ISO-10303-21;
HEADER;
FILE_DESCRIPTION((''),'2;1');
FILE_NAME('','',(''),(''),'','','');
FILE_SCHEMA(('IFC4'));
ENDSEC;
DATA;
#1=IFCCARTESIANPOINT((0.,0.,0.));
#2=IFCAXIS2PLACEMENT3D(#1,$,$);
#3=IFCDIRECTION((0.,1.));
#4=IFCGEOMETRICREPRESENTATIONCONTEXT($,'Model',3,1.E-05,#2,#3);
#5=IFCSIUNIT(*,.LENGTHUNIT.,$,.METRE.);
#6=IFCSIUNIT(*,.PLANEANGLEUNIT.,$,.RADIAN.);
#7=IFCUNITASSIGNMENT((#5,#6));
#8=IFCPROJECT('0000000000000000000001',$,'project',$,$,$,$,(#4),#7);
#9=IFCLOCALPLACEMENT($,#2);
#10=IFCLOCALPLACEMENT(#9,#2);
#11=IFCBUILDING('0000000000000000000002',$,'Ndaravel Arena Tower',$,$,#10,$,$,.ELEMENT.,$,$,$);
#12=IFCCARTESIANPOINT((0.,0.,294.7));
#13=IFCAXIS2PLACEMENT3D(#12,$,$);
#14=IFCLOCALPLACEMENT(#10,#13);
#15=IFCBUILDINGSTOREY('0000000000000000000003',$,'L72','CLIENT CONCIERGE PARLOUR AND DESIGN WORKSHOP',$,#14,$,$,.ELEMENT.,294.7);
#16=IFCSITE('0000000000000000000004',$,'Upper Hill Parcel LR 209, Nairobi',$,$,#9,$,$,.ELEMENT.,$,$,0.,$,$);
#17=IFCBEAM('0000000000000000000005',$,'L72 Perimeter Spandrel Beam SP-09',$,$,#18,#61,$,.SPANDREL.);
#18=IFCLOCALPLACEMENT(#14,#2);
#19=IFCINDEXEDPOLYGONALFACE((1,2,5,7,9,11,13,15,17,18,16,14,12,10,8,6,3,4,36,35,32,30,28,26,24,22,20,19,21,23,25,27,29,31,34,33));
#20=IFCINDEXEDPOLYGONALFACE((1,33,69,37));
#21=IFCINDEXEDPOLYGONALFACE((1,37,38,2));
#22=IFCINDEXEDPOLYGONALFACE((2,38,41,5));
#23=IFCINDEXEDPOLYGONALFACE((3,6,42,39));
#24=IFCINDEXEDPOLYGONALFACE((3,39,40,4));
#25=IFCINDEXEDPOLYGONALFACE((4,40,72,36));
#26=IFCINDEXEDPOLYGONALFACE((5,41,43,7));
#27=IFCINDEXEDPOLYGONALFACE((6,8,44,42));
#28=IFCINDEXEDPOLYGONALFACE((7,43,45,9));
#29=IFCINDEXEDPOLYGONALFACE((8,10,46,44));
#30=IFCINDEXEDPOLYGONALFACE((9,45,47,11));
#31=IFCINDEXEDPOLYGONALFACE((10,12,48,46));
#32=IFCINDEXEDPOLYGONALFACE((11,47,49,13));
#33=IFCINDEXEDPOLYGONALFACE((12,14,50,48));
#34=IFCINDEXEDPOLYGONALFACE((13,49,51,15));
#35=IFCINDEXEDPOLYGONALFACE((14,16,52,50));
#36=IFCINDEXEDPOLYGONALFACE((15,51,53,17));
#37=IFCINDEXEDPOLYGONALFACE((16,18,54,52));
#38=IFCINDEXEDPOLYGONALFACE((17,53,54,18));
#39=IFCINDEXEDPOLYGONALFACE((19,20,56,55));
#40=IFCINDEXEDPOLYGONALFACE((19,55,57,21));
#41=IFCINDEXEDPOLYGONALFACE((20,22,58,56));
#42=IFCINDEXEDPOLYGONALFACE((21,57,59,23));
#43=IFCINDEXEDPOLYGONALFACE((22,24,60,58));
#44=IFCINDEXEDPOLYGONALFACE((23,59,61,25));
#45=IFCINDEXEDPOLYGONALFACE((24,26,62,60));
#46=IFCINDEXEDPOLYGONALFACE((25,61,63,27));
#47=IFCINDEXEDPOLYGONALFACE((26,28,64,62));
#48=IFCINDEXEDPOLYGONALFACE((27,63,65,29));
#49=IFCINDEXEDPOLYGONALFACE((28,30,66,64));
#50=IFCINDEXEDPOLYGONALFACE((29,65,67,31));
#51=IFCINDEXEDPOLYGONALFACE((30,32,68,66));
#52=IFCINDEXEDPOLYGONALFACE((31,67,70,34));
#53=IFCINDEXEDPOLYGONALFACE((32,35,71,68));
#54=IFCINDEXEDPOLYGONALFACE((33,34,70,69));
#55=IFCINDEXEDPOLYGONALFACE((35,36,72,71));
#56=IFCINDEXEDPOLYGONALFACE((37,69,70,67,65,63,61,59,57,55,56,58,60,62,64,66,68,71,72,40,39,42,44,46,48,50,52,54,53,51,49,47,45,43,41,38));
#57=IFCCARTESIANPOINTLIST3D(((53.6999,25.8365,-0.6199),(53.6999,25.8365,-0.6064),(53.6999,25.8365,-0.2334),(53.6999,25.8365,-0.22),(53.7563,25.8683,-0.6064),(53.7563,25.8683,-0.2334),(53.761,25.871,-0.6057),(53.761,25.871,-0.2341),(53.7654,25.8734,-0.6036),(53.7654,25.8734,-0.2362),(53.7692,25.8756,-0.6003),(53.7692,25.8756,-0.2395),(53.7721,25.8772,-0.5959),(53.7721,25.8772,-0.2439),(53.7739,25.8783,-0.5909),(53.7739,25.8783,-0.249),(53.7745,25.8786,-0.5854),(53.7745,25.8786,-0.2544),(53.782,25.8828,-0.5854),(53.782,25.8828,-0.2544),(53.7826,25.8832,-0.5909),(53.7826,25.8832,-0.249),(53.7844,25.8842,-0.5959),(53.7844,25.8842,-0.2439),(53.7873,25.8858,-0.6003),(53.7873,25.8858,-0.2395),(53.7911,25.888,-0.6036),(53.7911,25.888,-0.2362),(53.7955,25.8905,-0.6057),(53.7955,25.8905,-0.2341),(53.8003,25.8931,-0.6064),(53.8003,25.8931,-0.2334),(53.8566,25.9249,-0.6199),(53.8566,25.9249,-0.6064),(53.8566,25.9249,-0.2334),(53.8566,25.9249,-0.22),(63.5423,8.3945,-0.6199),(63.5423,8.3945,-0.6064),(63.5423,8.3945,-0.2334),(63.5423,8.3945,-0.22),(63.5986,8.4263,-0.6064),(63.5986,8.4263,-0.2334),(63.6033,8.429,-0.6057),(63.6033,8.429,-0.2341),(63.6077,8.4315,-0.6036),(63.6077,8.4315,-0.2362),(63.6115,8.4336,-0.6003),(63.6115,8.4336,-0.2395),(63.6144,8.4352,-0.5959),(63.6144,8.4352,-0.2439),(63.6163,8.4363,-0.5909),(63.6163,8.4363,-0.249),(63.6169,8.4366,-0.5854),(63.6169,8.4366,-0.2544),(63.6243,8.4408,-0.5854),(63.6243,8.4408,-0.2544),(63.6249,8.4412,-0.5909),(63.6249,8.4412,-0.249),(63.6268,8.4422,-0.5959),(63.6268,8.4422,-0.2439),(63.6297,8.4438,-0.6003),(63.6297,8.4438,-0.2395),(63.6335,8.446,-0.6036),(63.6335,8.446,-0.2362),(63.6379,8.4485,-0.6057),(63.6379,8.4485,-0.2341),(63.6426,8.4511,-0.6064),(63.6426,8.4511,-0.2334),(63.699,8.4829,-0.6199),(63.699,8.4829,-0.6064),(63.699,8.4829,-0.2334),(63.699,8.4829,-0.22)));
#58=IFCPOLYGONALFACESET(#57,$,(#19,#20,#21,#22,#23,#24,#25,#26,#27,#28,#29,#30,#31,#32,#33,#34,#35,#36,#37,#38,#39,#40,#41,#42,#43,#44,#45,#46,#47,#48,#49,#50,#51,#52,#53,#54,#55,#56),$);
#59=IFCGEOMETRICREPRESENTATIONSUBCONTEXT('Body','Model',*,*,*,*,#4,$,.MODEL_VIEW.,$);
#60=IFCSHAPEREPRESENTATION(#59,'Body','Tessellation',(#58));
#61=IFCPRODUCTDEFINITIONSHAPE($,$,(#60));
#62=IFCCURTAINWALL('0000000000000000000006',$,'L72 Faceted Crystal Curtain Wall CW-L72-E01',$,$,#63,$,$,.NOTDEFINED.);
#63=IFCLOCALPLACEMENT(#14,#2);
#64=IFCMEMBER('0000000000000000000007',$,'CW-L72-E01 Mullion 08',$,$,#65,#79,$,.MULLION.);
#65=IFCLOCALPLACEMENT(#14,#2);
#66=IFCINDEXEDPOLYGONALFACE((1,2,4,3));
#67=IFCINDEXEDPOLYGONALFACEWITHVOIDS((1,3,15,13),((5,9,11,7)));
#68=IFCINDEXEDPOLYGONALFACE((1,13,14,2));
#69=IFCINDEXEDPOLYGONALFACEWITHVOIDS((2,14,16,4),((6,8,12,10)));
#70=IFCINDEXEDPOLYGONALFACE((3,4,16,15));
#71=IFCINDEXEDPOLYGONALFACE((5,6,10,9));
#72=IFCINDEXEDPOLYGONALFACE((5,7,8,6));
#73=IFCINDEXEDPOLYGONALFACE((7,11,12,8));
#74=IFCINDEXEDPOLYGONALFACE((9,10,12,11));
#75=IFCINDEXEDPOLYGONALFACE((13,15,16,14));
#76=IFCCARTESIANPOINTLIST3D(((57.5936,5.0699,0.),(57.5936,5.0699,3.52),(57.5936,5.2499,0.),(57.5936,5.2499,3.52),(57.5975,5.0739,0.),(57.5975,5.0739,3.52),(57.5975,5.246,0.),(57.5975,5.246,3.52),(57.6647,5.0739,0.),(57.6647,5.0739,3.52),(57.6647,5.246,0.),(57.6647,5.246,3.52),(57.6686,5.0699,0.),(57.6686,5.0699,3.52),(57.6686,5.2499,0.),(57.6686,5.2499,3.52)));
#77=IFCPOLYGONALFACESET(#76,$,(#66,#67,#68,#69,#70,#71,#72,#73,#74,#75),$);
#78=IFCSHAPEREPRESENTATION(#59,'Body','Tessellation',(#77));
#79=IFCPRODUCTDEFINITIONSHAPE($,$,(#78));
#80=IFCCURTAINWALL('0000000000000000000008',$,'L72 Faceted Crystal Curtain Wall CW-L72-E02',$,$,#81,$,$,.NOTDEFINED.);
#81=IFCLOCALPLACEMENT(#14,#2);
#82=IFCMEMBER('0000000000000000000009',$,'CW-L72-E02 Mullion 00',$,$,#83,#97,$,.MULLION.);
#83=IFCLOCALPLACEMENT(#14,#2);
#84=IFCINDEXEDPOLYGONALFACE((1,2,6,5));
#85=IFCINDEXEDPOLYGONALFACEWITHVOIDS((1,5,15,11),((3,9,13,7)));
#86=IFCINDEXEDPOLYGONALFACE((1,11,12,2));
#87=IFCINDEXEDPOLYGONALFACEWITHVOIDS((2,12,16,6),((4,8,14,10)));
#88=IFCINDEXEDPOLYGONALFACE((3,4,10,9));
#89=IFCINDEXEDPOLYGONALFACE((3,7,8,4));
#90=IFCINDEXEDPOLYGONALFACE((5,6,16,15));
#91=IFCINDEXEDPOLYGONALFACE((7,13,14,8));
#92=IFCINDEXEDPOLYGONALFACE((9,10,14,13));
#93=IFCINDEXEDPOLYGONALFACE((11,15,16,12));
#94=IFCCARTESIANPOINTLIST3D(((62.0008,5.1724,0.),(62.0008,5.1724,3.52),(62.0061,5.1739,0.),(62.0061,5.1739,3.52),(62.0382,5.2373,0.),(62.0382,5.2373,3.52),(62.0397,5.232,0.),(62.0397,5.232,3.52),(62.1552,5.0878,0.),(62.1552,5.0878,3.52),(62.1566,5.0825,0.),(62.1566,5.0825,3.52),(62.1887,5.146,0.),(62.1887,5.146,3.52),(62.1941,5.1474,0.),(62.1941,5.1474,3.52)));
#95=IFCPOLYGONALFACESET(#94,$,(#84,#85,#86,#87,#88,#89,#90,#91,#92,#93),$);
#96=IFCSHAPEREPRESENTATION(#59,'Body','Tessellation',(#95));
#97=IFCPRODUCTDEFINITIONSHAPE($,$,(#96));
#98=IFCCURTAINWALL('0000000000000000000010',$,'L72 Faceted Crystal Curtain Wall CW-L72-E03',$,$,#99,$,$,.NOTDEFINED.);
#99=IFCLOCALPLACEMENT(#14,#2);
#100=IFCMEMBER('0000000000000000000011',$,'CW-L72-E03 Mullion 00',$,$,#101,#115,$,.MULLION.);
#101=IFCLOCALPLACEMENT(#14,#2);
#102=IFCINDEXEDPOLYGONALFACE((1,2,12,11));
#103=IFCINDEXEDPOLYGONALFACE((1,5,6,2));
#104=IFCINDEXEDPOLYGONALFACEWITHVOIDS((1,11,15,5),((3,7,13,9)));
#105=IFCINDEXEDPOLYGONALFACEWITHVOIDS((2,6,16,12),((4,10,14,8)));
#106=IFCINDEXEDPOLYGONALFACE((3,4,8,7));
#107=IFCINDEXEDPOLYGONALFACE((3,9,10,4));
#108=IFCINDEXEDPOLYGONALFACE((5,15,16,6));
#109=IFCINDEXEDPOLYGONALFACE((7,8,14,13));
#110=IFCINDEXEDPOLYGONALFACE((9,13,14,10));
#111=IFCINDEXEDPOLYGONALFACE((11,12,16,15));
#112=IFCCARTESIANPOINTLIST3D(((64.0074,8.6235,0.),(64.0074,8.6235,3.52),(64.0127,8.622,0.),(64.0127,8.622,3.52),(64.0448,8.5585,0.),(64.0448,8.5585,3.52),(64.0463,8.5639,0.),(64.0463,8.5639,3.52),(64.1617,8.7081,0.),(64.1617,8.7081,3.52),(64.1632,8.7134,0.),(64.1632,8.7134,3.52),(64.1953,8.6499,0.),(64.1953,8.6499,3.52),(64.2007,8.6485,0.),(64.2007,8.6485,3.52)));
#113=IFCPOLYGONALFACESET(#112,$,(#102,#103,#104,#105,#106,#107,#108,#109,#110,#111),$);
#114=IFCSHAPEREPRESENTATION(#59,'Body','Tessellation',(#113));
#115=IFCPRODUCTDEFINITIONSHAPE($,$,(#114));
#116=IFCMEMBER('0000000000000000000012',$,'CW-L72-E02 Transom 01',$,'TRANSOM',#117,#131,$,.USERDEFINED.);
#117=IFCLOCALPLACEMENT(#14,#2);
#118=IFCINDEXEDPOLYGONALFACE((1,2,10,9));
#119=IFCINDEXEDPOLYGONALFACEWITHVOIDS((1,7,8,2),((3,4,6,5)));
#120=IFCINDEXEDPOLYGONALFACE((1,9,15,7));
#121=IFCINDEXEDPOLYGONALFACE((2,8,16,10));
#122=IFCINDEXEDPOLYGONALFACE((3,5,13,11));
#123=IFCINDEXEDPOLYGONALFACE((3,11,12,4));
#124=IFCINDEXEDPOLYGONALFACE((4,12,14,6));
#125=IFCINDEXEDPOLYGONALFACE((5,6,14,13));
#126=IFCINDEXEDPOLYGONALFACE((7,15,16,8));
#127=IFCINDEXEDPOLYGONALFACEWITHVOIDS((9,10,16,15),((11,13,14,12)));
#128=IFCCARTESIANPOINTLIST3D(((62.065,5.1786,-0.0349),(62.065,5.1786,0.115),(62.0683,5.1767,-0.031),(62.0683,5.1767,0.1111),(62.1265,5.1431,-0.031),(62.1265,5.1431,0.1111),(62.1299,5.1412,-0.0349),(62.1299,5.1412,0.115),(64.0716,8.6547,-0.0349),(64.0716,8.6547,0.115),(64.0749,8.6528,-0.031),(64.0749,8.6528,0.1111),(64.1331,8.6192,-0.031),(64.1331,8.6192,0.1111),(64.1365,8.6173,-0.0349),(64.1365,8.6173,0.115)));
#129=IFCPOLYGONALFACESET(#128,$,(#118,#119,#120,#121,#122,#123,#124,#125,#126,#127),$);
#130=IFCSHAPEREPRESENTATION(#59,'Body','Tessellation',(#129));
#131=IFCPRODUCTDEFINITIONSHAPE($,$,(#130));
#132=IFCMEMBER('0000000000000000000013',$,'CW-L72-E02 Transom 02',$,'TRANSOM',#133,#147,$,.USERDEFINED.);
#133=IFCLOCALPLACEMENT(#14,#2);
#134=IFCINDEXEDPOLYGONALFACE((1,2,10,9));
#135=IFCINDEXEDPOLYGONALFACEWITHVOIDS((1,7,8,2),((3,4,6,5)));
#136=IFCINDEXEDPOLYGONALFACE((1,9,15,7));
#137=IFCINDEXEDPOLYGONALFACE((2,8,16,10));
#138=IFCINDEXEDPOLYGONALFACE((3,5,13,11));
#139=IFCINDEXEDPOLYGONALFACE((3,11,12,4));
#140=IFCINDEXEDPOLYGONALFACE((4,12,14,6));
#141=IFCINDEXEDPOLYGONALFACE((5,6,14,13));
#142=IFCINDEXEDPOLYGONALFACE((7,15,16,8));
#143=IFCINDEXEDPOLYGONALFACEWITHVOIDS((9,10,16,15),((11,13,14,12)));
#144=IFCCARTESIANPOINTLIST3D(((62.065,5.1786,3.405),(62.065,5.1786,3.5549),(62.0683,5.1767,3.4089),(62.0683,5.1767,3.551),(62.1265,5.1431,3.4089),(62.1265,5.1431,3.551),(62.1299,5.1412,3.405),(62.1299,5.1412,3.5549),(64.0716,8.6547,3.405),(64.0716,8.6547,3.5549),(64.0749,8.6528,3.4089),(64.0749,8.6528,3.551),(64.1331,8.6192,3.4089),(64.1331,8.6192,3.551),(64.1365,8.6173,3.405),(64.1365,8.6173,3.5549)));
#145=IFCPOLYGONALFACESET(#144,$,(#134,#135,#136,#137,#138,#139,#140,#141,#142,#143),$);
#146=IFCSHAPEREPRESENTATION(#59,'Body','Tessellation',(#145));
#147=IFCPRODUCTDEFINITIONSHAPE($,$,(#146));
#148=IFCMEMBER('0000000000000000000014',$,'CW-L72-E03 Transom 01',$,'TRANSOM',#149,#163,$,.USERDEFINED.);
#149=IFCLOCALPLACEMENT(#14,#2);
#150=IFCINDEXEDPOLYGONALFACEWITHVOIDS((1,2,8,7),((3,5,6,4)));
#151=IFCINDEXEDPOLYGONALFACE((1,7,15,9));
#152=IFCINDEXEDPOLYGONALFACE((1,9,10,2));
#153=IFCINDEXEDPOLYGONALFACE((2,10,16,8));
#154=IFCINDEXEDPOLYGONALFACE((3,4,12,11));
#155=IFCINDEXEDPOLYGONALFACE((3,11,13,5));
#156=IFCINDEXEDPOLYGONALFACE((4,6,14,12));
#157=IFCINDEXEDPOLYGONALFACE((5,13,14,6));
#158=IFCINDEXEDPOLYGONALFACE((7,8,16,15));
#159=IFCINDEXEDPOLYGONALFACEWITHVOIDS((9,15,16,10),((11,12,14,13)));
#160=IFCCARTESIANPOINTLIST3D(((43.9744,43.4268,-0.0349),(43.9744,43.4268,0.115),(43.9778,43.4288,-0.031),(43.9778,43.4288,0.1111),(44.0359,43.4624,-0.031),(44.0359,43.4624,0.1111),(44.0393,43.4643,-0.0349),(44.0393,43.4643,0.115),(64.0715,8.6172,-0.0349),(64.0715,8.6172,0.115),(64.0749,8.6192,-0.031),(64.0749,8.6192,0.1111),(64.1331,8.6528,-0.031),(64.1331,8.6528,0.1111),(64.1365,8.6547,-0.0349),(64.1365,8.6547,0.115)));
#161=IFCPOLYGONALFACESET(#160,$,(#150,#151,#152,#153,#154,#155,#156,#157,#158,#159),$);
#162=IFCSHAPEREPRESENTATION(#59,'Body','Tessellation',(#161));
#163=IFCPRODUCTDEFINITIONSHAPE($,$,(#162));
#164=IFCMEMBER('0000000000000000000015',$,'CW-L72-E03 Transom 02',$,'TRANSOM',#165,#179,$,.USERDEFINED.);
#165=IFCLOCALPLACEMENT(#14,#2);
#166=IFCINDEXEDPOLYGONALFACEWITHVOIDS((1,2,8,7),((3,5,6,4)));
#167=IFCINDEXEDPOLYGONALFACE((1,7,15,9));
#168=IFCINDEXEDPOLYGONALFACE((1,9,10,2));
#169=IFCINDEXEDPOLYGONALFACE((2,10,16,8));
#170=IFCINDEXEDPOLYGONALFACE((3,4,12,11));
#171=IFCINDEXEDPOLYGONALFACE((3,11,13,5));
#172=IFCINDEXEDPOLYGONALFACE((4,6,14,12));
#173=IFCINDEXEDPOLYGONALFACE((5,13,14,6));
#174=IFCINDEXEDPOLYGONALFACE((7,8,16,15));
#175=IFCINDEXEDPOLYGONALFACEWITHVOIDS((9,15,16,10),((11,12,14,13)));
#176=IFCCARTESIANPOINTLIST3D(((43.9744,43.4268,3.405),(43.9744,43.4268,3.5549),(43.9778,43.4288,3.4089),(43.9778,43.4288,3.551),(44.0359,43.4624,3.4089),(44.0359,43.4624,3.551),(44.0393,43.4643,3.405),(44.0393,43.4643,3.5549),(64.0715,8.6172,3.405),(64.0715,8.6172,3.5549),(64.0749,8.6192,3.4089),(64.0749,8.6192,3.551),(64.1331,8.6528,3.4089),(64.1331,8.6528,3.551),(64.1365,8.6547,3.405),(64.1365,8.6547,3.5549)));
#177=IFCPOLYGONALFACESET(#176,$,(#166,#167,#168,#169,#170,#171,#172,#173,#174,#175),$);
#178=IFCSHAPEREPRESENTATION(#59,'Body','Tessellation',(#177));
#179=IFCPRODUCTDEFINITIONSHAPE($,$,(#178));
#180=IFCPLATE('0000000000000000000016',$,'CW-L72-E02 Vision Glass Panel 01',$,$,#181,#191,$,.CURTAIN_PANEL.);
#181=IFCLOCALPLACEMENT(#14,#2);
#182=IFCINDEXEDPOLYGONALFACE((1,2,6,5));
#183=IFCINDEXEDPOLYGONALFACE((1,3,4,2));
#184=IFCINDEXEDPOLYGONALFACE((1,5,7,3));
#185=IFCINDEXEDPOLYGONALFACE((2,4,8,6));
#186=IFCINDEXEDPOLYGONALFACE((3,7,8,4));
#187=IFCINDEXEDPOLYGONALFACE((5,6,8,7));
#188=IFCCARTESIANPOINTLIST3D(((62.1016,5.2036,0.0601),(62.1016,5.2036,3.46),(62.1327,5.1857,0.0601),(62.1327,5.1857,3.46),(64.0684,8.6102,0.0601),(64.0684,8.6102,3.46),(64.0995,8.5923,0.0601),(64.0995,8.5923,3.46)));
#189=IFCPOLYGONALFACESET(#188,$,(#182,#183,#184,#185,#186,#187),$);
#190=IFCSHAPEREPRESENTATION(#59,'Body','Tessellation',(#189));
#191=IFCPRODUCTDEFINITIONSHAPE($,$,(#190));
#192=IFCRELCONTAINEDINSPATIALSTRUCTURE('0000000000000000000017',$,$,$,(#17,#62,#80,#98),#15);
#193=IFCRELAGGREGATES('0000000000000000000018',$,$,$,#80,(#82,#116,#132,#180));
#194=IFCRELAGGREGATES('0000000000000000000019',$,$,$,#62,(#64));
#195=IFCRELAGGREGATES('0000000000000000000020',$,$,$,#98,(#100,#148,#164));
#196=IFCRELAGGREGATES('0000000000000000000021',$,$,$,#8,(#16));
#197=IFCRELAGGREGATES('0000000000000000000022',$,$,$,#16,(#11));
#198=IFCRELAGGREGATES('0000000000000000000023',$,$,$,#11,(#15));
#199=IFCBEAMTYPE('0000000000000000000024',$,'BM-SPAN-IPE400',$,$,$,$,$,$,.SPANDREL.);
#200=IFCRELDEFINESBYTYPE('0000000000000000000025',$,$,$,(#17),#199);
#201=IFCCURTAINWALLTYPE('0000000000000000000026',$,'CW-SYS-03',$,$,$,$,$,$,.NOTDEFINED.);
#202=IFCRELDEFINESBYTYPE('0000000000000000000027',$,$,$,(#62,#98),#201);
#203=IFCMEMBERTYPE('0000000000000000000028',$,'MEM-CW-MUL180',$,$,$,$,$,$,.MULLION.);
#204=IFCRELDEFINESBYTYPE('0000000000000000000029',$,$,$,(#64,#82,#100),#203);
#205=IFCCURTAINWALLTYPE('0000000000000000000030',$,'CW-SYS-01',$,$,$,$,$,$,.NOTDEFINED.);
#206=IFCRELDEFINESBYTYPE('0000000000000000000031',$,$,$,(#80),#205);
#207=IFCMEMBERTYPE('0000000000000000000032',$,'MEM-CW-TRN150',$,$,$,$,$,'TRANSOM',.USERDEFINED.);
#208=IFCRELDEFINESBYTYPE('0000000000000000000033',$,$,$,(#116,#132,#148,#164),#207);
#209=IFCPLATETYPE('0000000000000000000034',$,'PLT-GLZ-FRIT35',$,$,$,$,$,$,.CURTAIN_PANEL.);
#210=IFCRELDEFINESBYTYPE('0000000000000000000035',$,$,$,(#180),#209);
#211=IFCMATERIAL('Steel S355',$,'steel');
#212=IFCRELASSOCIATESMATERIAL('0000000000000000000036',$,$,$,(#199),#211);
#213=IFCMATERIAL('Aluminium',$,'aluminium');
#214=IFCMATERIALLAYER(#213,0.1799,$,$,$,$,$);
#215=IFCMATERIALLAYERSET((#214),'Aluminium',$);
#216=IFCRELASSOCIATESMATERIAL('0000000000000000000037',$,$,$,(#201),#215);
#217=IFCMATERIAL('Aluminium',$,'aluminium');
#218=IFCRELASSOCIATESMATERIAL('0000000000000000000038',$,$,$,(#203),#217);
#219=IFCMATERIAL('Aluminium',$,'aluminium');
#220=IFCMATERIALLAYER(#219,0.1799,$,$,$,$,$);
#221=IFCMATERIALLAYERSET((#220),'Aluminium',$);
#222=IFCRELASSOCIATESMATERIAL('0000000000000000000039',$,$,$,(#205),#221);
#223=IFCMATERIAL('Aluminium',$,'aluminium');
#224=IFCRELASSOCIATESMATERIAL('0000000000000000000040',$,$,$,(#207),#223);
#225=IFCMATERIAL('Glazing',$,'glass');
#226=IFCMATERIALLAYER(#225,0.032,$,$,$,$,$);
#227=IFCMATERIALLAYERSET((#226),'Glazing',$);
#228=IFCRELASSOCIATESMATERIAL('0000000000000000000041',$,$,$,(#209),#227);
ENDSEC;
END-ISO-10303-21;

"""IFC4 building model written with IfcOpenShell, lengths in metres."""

from ifc_helpers import new_model, si_unit, direction, frame, origin, origin_2d, place, context, subcontext, project, spatial, rectangle, hollow_rectangle, i_section, extrude, material, layer, layer_set, material_profile, profile_set, type_object, element, aggregate, save


model = new_model("IFC4")

# Units and contexts
model_context = context("Model", 3, precision=1e-05, world=origin(), true_north=direction((0.0, 1.0)))
body_context = subcontext(model_context, "Body", "Model", "MODEL_VIEW")
ifc_project = project(units=[si_unit("LENGTHUNIT", "METRE"), si_unit("PLANEANGLEUNIT", "RADIAN")], contexts=[model_context])

# Site, building, storey
site_placement = place(None, origin())
site = spatial("IfcSite", under=ifc_project, at=site_placement, Name="Upper Hill Parcel LR 209, Nairobi", CompositionType="ELEMENT", RefElevation=0.0)
building_placement = place(site_placement, origin())
building = spatial("IfcBuilding", under=site, at=building_placement, Name="Ndaravel Arena Tower", CompositionType="ELEMENT")
storey_placement = place(building_placement, frame((0.0, 0.0, 294.7)))
storey = spatial("IfcBuildingStorey", under=building, at=storey_placement, Name="L72", Description="CLIENT CONCIERGE PARLOUR AND DESIGN WORKSHOP", CompositionType="ELEMENT", Elevation=294.7)

# Beam
ifc_material_1 = material(Name="Steel S355", Category="steel")
ifc_material_profile_1 = material_profile(ifc_material_1, i_section(OverallWidth=0.1799, OverallDepth=0.3999, WebThickness=0.0085, FlangeThickness=0.0134, FilletRadius=0.021, at=origin_2d()), Name="IPE 400")
ifc_profile_set_1 = profile_set([ifc_material_profile_1], Name="Steel S355")
beam_type = type_object("IfcBeamType", Name="BM-SPAN-IPE400", PredefinedType="SPANDREL", material=ifc_profile_set_1)
beam_1_placement = place(storey_placement, frame((63.6206, 8.4387, -0.4199), z_axis=(-0.491445, 0.870909, 0.0), x_axis=(-0.870909, -0.491445, 0.0)))
element("IfcBeam", 1, at=beam_1_placement, inside=storey, type_object=beam_type, Name="L72 Perimeter Spandrel Beam SP-09", PredefinedType="SPANDREL", context=body_context, shape_type="SweptSolid", body=[
    extrude(i_section(OverallWidth=0.1799, OverallDepth=0.3999, WebThickness=0.0085, FlangeThickness=0.0134, FilletRadius=0.021, at=origin_2d()), origin(), (0.0, 0.0, 1.0), 20.0273),
])

# Curtain walls, members
ifc_material_2 = material(Name="Aluminium", Category="aluminium")
ifc_layer_1 = layer(ifc_material_2, 0.1799)
ifc_layer_set_1 = layer_set([ifc_layer_1], Name="Aluminium")
curtain_wall_type_1 = type_object("IfcCurtainWallType", Name="CW-SYS-03", PredefinedType="NOTDEFINED", material=ifc_layer_set_1)
curtain_wall_1_placement = place(storey_placement, origin())
curtain_wall_1 = element("IfcCurtainWall", 2, at=curtain_wall_1_placement, inside=storey, type_object=curtain_wall_type_1, Name="L72 Faceted Crystal Curtain Wall CW-L72-E01", PredefinedType="NOTDEFINED")
ifc_material_3 = material(Name="Aluminium", Category="aluminium")
ifc_material_profile_2 = material_profile(ifc_material_3, hollow_rectangle(XDim=0.075, YDim=0.1799, WallThickness=0.0039, at=origin_2d()), Name="CW MULLION 75x180x4")
ifc_profile_set_2 = profile_set([ifc_material_profile_2], Name="Aluminium")
member_type_1 = type_object("IfcMemberType", Name="MEM-CW-MUL180", PredefinedType="MULLION", material=ifc_profile_set_2)
member_1_placement = place(storey_placement, frame((57.6311, 5.1599, 0.0), z_axis=(0.0, 0.0, 1.0), x_axis=(1.0, 0.0, 0.0)))
member_1 = element("IfcMember", 3, at=member_1_placement, type_object=member_type_1, Name="CW-L72-E01 Mullion 08", PredefinedType="MULLION", context=body_context, shape_type="SweptSolid", body=[
    extrude(hollow_rectangle(XDim=0.075, YDim=0.1799, WallThickness=0.0039, at=origin_2d()), origin(), (0.0, 0.0, 1.0), 3.52),
])
ifc_material_4 = material(Name="Aluminium", Category="aluminium")
ifc_layer_2 = layer(ifc_material_4, 0.1799)
ifc_layer_set_2 = layer_set([ifc_layer_2], Name="Aluminium")
curtain_wall_type_2 = type_object("IfcCurtainWallType", Name="CW-SYS-01", PredefinedType="NOTDEFINED", material=ifc_layer_set_2)
curtain_wall_2_placement = place(storey_placement, origin())
curtain_wall_2 = element("IfcCurtainWall", 4, at=curtain_wall_2_placement, inside=storey, type_object=curtain_wall_type_2, Name="L72 Faceted Crystal Curtain Wall CW-L72-E02", PredefinedType="NOTDEFINED")
member_2_placement = place(storey_placement, frame((62.0974, 5.1599, 0.0), z_axis=(0.0, 0.0, 1.0), x_axis=(0.5, 0.866025, 0.0)))
member_2 = element("IfcMember", 5, at=member_2_placement, type_object=member_type_1, Name="CW-L72-E02 Mullion 00", PredefinedType="MULLION", context=body_context, shape_type="SweptSolid", body=[
    extrude(hollow_rectangle(XDim=0.075, YDim=0.1799, WallThickness=0.0039, at=origin_2d()), origin(), (0.0, 0.0, 1.0), 3.52),
])
curtain_wall_3_placement = place(storey_placement, origin())
curtain_wall_3 = element("IfcCurtainWall", 6, at=curtain_wall_3_placement, inside=storey, type_object=curtain_wall_type_1, Name="L72 Faceted Crystal Curtain Wall CW-L72-E03", PredefinedType="NOTDEFINED")
member_3_placement = place(storey_placement, frame((64.104, 8.636, 0.0), z_axis=(0.0, 0.0, 1.0), x_axis=(-0.5, 0.866025, 0.0)))
member_3 = element("IfcMember", 7, at=member_3_placement, type_object=member_type_1, Name="CW-L72-E03 Mullion 00", PredefinedType="MULLION", context=body_context, shape_type="SweptSolid", body=[
    extrude(hollow_rectangle(XDim=0.075, YDim=0.1799, WallThickness=0.0039, at=origin_2d()), origin(), (0.0, 0.0, 1.0), 3.52),
])

# Members
ifc_material_5 = material(Name="Aluminium", Category="aluminium")
ifc_material_profile_3 = material_profile(ifc_material_5, hollow_rectangle(XDim=0.075, YDim=0.1499, WallThickness=0.0039, at=origin_2d()), Name="CW TRANSOM 75x150x4")
ifc_profile_set_3 = profile_set([ifc_material_profile_3], Name="Aluminium")
member_type_2 = type_object("IfcMemberType", Name="MEM-CW-TRN150", ElementType="TRANSOM", PredefinedType="USERDEFINED", material=ifc_profile_set_3)
member_4_placement = place(storey_placement, frame((62.0974, 5.1599, 0.04), z_axis=(0.49994, 0.86606, 0.0), x_axis=(-0.86606, 0.49994, 0.0)))
member_4 = element("IfcMember", 8, at=member_4_placement, type_object=member_type_2, Name="CW-L72-E02 Transom 01", ObjectType="TRANSOM", PredefinedType="USERDEFINED", context=body_context, shape_type="SweptSolid", body=[
    extrude(hollow_rectangle(XDim=0.075, YDim=0.1499, WallThickness=0.0039, at=origin_2d()), origin(), (0.0, 0.0, 1.0), 4.0137),
])
member_5_placement = place(storey_placement, frame((62.0974, 5.1599, 3.48), z_axis=(0.49994, 0.86606, 0.0), x_axis=(-0.86606, 0.49994, 0.0)))
member_5 = element("IfcMember", 9, at=member_5_placement, type_object=member_type_2, Name="CW-L72-E02 Transom 02", ObjectType="TRANSOM", PredefinedType="USERDEFINED", context=body_context, shape_type="SweptSolid", body=[
    extrude(hollow_rectangle(XDim=0.075, YDim=0.1499, WallThickness=0.0039, at=origin_2d()), origin(), (0.0, 0.0, 1.0), 4.0137),
])
member_6_placement = place(storey_placement, frame((64.104, 8.636, 0.04), z_axis=(-0.499997, 0.866027, 0.0), x_axis=(-0.866027, -0.499997, 0.0)))
member_6 = element("IfcMember", 10, at=member_6_placement, type_object=member_type_2, Name="CW-L72-E03 Transom 01", ObjectType="TRANSOM", PredefinedType="USERDEFINED", context=body_context, shape_type="SweptSolid", body=[
    extrude(hollow_rectangle(XDim=0.075, YDim=0.1499, WallThickness=0.0039, at=origin_2d()), origin(), (0.0, 0.0, 1.0), 40.1946),
])
member_7_placement = place(storey_placement, frame((64.104, 8.636, 3.48), z_axis=(-0.499997, 0.866027, 0.0), x_axis=(-0.866027, -0.499997, 0.0)))
member_7 = element("IfcMember", 11, at=member_7_placement, type_object=member_type_2, Name="CW-L72-E03 Transom 02", ObjectType="TRANSOM", PredefinedType="USERDEFINED", context=body_context, shape_type="SweptSolid", body=[
    extrude(hollow_rectangle(XDim=0.075, YDim=0.1499, WallThickness=0.0039, at=origin_2d()), origin(), (0.0, 0.0, 1.0), 40.1946),
])

# Plate
ifc_material_6 = material(Name="Glazing", Category="glass")
ifc_layer_3 = layer(ifc_material_6, 0.032)
ifc_layer_set_3 = layer_set([ifc_layer_3], Name="Glazing")
plate_type_1 = type_object("IfcPlateType", Name="PLT-GLZ-FRIT35", PredefinedType="CURTAIN_PANEL", material=ifc_layer_set_3)
plate_1_placement = place(storey_placement, frame((63.1006, 6.8979, 0.0601), z_axis=(0.0, 0.0, 1.0), x_axis=(0.5, 0.866025, 0.0)))
plate_1 = element("IfcPlate", 12, at=plate_1_placement, type_object=plate_type_1, Name="CW-L72-E02 Vision Glass Panel 01", PredefinedType="CURTAIN_PANEL", context=body_context, shape_type="SweptSolid", body=[
    extrude(rectangle(XDim=3.9336, YDim=0.0359, at=origin_2d()), origin(), (0.0, 0.0, 1.0), 3.3999),
])
aggregate(curtain_wall_2, [member_2, member_4, member_5, plate_1])
aggregate(curtain_wall_1, [member_1])
aggregate(curtain_wall_3, [member_3, member_6, member_7])

save(model, "model.ifc")
